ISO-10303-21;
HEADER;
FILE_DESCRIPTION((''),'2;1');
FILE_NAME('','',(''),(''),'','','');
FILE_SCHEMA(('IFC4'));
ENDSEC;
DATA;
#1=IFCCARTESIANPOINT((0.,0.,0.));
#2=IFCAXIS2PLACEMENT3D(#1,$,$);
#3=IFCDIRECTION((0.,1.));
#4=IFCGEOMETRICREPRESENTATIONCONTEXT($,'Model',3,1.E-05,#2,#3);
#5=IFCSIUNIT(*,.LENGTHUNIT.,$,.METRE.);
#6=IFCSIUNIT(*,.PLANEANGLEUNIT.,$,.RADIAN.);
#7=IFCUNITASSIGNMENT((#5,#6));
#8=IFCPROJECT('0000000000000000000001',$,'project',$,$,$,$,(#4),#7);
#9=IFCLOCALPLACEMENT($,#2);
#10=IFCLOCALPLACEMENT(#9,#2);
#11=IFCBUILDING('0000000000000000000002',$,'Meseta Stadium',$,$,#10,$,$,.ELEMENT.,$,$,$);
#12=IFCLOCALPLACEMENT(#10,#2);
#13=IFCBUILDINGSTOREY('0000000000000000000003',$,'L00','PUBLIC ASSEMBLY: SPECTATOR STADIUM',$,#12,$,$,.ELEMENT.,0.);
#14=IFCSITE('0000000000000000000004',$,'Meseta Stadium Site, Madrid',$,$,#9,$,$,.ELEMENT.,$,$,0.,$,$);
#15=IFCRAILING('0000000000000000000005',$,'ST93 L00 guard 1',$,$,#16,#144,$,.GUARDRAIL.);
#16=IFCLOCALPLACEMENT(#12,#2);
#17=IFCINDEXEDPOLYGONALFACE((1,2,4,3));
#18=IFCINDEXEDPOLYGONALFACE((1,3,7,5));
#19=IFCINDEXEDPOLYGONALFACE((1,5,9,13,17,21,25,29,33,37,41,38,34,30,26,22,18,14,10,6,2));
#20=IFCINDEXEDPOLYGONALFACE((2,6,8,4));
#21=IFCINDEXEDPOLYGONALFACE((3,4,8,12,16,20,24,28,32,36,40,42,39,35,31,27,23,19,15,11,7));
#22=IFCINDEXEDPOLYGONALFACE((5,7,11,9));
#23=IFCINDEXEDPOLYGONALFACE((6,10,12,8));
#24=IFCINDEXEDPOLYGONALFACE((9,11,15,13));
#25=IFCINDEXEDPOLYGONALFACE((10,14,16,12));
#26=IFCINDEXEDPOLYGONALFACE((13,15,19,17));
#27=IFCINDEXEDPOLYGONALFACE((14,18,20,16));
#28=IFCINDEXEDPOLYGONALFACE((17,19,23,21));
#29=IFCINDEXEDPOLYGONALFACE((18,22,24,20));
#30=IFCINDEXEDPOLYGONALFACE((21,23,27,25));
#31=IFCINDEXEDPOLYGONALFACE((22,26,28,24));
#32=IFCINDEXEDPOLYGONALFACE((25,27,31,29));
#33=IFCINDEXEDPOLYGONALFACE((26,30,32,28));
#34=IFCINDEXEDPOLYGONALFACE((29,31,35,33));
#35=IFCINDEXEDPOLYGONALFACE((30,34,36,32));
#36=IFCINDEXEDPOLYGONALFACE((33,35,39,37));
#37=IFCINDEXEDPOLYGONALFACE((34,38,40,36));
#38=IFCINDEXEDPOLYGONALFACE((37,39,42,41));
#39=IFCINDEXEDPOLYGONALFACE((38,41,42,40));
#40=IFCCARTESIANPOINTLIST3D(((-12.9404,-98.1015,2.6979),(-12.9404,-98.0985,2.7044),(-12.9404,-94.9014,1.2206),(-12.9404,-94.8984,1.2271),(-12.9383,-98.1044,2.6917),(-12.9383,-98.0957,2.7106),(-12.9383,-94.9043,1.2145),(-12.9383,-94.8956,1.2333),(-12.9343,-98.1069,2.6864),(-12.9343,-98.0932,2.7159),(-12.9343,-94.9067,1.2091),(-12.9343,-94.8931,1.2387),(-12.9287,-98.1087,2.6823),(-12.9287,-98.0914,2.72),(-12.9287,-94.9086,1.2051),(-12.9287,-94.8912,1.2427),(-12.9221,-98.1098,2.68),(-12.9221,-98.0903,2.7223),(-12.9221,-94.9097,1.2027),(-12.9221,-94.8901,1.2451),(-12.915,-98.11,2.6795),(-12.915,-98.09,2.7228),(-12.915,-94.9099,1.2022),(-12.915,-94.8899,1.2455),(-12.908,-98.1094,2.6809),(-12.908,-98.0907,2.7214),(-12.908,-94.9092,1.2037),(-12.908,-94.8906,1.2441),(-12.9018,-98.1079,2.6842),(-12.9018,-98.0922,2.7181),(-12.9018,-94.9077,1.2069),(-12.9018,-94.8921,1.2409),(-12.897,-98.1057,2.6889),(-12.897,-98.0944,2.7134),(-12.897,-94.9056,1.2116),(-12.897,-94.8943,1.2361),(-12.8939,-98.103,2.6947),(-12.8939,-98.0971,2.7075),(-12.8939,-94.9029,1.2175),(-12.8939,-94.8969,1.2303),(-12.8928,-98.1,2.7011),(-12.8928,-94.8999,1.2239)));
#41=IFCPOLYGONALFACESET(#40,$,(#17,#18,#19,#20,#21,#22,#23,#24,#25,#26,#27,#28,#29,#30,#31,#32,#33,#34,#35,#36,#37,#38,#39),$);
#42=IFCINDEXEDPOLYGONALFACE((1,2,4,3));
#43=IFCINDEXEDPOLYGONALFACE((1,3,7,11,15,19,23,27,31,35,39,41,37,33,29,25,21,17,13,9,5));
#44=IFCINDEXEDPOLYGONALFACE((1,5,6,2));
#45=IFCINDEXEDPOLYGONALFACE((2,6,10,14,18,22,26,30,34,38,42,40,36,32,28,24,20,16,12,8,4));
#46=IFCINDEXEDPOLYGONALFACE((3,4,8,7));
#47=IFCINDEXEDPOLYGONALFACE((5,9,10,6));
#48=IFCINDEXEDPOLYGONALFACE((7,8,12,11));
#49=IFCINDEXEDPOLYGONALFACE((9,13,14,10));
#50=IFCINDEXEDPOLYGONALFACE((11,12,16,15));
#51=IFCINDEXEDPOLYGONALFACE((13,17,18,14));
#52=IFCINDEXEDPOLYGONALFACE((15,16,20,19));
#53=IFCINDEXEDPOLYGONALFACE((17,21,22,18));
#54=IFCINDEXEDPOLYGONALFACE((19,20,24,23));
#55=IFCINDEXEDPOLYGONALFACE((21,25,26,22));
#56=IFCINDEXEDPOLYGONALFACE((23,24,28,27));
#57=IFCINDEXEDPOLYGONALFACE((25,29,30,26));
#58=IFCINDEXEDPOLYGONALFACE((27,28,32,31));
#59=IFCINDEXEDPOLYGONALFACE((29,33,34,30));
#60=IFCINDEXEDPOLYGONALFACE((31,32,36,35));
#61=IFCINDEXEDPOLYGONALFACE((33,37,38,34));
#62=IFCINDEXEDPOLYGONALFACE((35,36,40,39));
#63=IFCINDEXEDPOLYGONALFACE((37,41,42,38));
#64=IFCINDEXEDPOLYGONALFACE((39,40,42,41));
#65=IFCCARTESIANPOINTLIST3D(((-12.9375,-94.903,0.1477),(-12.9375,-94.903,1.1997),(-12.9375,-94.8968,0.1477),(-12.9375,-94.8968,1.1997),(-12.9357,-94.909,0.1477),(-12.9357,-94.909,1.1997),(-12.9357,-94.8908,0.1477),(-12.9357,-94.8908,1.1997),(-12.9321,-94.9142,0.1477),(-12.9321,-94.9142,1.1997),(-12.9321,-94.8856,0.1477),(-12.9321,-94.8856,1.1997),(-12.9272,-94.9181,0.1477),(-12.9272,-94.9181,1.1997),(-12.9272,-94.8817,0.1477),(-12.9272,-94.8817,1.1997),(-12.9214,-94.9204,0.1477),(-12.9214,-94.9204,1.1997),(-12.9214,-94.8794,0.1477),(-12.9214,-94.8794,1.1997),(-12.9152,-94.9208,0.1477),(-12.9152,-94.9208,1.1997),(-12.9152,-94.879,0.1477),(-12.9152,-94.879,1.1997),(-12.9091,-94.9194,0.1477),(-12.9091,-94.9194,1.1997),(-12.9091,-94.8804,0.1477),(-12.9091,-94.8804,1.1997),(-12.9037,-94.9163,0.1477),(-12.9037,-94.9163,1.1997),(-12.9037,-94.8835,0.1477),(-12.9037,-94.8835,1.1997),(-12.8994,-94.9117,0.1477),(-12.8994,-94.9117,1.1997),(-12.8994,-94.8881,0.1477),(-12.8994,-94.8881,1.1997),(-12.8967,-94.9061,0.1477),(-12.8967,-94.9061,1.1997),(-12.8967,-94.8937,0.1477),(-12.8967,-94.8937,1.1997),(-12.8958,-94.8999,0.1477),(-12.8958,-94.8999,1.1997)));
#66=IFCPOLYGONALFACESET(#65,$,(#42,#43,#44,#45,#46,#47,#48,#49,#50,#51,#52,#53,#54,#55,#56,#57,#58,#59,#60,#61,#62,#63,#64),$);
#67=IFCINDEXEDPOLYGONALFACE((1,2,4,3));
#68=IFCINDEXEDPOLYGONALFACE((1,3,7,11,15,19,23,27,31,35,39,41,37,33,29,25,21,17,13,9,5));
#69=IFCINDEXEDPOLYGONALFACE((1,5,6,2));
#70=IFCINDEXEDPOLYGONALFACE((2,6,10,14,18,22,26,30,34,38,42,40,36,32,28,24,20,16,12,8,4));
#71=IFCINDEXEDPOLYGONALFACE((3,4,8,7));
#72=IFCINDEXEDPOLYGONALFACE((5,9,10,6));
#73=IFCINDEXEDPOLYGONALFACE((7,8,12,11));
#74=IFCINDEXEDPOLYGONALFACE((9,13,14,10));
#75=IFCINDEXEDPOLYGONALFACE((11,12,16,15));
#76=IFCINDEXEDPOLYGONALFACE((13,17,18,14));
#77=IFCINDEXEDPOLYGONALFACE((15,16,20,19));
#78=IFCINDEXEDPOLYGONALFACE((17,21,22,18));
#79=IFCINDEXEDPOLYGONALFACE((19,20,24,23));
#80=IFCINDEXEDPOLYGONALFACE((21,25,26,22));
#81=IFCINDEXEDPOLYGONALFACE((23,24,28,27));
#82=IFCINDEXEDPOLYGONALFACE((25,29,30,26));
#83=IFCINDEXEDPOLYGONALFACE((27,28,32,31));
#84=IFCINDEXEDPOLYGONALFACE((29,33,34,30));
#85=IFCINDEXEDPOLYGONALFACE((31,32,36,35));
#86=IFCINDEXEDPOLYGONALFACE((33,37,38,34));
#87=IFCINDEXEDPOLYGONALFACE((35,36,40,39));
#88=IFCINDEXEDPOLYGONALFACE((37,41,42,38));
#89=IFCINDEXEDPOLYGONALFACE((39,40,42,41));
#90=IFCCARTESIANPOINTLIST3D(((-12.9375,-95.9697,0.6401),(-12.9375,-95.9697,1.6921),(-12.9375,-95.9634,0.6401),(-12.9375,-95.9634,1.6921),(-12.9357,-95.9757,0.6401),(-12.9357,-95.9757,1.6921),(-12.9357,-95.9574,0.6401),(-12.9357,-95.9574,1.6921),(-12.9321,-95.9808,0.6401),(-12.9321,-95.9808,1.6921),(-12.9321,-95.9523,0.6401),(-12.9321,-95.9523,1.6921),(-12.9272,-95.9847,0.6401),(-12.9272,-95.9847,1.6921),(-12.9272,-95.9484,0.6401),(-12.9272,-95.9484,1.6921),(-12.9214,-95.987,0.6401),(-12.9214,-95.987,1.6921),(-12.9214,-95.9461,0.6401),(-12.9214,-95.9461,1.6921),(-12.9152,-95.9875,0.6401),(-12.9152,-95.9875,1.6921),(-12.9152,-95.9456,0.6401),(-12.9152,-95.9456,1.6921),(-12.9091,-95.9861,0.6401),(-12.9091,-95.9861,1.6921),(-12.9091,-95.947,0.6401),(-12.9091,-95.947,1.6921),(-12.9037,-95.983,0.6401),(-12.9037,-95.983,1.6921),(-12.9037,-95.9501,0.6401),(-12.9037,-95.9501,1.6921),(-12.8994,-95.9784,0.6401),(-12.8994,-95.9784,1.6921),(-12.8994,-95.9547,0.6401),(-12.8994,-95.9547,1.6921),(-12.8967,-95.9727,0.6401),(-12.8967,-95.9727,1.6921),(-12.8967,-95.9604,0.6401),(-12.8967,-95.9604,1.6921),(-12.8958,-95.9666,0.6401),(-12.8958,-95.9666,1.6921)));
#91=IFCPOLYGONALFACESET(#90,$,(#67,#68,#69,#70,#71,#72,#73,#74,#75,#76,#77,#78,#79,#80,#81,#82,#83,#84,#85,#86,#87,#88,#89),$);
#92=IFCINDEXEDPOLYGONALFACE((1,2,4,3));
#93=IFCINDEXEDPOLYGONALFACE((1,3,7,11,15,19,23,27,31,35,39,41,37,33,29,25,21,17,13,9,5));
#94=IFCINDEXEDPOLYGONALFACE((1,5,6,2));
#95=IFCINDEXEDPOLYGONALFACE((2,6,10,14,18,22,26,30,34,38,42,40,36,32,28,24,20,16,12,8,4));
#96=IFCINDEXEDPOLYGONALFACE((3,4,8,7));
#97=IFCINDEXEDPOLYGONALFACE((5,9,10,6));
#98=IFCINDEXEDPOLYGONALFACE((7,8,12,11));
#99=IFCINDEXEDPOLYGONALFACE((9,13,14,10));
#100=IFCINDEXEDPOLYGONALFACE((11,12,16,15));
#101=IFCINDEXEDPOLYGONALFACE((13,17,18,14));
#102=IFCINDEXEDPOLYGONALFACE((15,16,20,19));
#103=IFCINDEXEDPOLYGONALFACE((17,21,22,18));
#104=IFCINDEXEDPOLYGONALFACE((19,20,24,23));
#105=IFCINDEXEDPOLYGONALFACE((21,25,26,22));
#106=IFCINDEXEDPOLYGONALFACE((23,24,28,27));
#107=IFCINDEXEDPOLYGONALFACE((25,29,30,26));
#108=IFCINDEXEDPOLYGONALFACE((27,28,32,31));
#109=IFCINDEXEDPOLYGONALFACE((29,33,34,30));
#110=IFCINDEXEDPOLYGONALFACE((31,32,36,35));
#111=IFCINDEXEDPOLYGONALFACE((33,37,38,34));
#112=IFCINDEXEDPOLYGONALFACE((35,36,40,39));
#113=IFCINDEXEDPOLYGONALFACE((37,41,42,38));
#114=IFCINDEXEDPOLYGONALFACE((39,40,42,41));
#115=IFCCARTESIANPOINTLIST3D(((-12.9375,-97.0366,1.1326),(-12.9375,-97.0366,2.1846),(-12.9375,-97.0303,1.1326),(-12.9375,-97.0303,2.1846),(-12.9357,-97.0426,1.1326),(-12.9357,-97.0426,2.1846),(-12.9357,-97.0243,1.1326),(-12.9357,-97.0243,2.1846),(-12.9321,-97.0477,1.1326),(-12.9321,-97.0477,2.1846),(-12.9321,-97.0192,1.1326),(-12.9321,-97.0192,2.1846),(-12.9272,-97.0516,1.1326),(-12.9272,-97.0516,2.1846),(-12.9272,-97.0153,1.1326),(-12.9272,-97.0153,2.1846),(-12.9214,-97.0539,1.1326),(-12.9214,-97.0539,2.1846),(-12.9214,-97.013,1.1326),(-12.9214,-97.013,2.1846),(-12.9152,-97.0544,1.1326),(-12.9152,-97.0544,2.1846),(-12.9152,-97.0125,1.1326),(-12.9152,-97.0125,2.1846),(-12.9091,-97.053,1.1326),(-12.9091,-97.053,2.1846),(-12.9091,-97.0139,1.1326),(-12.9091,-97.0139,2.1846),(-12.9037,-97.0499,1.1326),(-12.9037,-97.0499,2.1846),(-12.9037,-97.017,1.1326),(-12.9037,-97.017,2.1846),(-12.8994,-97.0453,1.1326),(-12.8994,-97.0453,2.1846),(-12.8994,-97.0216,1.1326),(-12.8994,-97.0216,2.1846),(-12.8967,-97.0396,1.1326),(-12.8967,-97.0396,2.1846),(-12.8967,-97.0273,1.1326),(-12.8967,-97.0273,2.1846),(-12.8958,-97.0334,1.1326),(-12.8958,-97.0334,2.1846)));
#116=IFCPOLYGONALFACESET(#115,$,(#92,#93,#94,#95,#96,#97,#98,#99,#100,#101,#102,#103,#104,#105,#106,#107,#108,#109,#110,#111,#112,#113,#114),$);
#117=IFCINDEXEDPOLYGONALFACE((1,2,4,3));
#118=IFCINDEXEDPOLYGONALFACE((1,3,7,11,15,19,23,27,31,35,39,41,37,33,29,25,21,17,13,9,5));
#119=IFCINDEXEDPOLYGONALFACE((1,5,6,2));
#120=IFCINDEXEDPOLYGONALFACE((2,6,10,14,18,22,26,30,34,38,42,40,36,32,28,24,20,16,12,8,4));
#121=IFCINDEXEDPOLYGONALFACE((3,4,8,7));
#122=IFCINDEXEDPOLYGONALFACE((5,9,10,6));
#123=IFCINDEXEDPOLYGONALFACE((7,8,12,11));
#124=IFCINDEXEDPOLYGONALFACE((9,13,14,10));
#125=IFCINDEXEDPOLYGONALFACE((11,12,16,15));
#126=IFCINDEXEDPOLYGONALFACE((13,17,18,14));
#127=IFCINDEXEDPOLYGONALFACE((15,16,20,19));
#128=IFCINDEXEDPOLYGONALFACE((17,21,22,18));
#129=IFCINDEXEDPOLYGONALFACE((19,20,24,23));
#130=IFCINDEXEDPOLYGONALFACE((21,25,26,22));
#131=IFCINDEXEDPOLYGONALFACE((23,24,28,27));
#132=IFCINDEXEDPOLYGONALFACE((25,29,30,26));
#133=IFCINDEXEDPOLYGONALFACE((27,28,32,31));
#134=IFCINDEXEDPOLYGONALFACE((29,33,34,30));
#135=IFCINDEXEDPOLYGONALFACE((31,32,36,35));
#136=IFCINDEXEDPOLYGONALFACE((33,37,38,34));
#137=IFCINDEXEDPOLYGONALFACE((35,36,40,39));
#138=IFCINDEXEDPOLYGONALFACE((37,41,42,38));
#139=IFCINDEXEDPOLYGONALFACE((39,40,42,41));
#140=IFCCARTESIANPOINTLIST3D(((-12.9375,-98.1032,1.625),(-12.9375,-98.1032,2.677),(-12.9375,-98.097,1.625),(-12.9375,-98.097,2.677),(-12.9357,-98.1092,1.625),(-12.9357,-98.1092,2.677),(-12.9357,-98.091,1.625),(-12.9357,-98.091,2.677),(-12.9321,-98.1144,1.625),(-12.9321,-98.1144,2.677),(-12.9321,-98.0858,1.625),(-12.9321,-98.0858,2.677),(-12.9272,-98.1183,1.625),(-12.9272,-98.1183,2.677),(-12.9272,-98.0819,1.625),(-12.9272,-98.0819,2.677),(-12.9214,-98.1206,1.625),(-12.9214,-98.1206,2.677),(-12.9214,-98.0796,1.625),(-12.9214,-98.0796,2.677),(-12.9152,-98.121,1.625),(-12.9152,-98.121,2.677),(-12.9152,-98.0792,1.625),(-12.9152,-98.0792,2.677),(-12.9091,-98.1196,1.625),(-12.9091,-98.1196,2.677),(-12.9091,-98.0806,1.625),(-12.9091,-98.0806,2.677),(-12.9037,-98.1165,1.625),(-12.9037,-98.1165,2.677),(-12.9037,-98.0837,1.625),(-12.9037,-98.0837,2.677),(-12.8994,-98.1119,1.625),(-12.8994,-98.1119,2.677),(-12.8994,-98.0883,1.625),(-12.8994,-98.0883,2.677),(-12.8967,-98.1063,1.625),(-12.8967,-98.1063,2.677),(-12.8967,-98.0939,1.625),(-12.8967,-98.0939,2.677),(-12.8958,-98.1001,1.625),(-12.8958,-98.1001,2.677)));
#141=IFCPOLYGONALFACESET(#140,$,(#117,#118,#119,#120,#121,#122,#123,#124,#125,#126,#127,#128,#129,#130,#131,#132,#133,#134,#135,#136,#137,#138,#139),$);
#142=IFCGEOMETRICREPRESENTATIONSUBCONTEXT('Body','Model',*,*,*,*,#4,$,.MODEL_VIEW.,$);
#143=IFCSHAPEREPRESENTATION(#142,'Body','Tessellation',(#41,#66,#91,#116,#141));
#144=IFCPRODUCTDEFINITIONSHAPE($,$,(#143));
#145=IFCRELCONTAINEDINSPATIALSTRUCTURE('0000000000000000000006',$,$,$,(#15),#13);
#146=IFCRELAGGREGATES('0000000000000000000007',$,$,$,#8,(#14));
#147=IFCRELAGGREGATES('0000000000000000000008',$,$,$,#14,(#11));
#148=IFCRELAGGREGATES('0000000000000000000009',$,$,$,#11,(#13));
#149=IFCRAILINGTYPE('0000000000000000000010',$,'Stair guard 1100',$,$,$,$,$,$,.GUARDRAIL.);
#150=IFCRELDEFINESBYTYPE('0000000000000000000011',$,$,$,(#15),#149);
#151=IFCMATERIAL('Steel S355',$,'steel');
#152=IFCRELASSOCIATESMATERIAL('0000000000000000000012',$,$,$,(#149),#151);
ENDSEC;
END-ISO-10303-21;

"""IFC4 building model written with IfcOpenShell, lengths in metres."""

from ifc_helpers import new_model, si_unit, direction, frame, origin, origin_2d, place, context, subcontext, project, spatial, circle, extrude, material, type_object, element, save


model = new_model("IFC4")

# Units and contexts
model_context = context("Model", 3, precision=1e-05, world=origin(), true_north=direction((0.0, 1.0)))
body_context = subcontext(model_context, "Body", "Model", "MODEL_VIEW")
ifc_project = project(units=[si_unit("LENGTHUNIT", "METRE"), si_unit("PLANEANGLEUNIT", "RADIAN")], contexts=[model_context])

# Site, building, storey
site_placement = place(None, origin())
site = spatial("IfcSite", under=ifc_project, at=site_placement, Name="Meseta Stadium Site, Madrid", CompositionType="ELEMENT", RefElevation=0.0)
building_placement = place(site_placement, origin())
building = spatial("IfcBuilding", under=site, at=building_placement, Name="Meseta Stadium", CompositionType="ELEMENT")
storey_placement = place(building_placement, origin())
storey = spatial("IfcBuildingStorey", under=building, at=storey_placement, Name="L00", Description="PUBLIC ASSEMBLY: SPECTATOR STADIUM", CompositionType="ELEMENT", Elevation=0.0)

# Railing
ifc_material_1 = material(Name="Steel S355", Category="steel")
railing_type_1 = type_object("IfcRailingType", Name="Stair guard 1100", PredefinedType="GUARDRAIL", material=ifc_material_1)
railing_1_placement = place(storey_placement, frame((-12.9167, -94.8999, 0.1477)))
element("IfcRailing", 1, at=railing_1_placement, inside=storey, type_object=railing_type_1, Name="ST93 L00 guard 1", PredefinedType="GUARDRAIL", context=body_context, shape_type="SweptSolid", body=[
    extrude(circle(Radius=0.0239, at=origin_2d()), frame((0.0, 0.0, 1.0762), z_axis=(0.0, -0.907929, 0.419124), x_axis=(1.0, 0.0, 0.0)), (0.0, 0.0, 1.0), 3.5247),
    extrude(circle(Radius=0.021, at=origin_2d()), origin(), (0.0, 0.0, 1.0), 1.052),
    extrude(circle(Radius=0.021, at=origin_2d()), frame((0.0, -1.0667, 0.4924)), (0.0, 0.0, 1.0), 1.052),
    extrude(circle(Radius=0.021, at=origin_2d()), frame((0.0, -2.1335, 0.9849)), (0.0, 0.0, 1.0), 1.052),
    extrude(circle(Radius=0.021, at=origin_2d()), frame((0.0, -3.2002, 1.4773)), (0.0, 0.0, 1.0), 1.052),
])

save(model, "model.ifc")
